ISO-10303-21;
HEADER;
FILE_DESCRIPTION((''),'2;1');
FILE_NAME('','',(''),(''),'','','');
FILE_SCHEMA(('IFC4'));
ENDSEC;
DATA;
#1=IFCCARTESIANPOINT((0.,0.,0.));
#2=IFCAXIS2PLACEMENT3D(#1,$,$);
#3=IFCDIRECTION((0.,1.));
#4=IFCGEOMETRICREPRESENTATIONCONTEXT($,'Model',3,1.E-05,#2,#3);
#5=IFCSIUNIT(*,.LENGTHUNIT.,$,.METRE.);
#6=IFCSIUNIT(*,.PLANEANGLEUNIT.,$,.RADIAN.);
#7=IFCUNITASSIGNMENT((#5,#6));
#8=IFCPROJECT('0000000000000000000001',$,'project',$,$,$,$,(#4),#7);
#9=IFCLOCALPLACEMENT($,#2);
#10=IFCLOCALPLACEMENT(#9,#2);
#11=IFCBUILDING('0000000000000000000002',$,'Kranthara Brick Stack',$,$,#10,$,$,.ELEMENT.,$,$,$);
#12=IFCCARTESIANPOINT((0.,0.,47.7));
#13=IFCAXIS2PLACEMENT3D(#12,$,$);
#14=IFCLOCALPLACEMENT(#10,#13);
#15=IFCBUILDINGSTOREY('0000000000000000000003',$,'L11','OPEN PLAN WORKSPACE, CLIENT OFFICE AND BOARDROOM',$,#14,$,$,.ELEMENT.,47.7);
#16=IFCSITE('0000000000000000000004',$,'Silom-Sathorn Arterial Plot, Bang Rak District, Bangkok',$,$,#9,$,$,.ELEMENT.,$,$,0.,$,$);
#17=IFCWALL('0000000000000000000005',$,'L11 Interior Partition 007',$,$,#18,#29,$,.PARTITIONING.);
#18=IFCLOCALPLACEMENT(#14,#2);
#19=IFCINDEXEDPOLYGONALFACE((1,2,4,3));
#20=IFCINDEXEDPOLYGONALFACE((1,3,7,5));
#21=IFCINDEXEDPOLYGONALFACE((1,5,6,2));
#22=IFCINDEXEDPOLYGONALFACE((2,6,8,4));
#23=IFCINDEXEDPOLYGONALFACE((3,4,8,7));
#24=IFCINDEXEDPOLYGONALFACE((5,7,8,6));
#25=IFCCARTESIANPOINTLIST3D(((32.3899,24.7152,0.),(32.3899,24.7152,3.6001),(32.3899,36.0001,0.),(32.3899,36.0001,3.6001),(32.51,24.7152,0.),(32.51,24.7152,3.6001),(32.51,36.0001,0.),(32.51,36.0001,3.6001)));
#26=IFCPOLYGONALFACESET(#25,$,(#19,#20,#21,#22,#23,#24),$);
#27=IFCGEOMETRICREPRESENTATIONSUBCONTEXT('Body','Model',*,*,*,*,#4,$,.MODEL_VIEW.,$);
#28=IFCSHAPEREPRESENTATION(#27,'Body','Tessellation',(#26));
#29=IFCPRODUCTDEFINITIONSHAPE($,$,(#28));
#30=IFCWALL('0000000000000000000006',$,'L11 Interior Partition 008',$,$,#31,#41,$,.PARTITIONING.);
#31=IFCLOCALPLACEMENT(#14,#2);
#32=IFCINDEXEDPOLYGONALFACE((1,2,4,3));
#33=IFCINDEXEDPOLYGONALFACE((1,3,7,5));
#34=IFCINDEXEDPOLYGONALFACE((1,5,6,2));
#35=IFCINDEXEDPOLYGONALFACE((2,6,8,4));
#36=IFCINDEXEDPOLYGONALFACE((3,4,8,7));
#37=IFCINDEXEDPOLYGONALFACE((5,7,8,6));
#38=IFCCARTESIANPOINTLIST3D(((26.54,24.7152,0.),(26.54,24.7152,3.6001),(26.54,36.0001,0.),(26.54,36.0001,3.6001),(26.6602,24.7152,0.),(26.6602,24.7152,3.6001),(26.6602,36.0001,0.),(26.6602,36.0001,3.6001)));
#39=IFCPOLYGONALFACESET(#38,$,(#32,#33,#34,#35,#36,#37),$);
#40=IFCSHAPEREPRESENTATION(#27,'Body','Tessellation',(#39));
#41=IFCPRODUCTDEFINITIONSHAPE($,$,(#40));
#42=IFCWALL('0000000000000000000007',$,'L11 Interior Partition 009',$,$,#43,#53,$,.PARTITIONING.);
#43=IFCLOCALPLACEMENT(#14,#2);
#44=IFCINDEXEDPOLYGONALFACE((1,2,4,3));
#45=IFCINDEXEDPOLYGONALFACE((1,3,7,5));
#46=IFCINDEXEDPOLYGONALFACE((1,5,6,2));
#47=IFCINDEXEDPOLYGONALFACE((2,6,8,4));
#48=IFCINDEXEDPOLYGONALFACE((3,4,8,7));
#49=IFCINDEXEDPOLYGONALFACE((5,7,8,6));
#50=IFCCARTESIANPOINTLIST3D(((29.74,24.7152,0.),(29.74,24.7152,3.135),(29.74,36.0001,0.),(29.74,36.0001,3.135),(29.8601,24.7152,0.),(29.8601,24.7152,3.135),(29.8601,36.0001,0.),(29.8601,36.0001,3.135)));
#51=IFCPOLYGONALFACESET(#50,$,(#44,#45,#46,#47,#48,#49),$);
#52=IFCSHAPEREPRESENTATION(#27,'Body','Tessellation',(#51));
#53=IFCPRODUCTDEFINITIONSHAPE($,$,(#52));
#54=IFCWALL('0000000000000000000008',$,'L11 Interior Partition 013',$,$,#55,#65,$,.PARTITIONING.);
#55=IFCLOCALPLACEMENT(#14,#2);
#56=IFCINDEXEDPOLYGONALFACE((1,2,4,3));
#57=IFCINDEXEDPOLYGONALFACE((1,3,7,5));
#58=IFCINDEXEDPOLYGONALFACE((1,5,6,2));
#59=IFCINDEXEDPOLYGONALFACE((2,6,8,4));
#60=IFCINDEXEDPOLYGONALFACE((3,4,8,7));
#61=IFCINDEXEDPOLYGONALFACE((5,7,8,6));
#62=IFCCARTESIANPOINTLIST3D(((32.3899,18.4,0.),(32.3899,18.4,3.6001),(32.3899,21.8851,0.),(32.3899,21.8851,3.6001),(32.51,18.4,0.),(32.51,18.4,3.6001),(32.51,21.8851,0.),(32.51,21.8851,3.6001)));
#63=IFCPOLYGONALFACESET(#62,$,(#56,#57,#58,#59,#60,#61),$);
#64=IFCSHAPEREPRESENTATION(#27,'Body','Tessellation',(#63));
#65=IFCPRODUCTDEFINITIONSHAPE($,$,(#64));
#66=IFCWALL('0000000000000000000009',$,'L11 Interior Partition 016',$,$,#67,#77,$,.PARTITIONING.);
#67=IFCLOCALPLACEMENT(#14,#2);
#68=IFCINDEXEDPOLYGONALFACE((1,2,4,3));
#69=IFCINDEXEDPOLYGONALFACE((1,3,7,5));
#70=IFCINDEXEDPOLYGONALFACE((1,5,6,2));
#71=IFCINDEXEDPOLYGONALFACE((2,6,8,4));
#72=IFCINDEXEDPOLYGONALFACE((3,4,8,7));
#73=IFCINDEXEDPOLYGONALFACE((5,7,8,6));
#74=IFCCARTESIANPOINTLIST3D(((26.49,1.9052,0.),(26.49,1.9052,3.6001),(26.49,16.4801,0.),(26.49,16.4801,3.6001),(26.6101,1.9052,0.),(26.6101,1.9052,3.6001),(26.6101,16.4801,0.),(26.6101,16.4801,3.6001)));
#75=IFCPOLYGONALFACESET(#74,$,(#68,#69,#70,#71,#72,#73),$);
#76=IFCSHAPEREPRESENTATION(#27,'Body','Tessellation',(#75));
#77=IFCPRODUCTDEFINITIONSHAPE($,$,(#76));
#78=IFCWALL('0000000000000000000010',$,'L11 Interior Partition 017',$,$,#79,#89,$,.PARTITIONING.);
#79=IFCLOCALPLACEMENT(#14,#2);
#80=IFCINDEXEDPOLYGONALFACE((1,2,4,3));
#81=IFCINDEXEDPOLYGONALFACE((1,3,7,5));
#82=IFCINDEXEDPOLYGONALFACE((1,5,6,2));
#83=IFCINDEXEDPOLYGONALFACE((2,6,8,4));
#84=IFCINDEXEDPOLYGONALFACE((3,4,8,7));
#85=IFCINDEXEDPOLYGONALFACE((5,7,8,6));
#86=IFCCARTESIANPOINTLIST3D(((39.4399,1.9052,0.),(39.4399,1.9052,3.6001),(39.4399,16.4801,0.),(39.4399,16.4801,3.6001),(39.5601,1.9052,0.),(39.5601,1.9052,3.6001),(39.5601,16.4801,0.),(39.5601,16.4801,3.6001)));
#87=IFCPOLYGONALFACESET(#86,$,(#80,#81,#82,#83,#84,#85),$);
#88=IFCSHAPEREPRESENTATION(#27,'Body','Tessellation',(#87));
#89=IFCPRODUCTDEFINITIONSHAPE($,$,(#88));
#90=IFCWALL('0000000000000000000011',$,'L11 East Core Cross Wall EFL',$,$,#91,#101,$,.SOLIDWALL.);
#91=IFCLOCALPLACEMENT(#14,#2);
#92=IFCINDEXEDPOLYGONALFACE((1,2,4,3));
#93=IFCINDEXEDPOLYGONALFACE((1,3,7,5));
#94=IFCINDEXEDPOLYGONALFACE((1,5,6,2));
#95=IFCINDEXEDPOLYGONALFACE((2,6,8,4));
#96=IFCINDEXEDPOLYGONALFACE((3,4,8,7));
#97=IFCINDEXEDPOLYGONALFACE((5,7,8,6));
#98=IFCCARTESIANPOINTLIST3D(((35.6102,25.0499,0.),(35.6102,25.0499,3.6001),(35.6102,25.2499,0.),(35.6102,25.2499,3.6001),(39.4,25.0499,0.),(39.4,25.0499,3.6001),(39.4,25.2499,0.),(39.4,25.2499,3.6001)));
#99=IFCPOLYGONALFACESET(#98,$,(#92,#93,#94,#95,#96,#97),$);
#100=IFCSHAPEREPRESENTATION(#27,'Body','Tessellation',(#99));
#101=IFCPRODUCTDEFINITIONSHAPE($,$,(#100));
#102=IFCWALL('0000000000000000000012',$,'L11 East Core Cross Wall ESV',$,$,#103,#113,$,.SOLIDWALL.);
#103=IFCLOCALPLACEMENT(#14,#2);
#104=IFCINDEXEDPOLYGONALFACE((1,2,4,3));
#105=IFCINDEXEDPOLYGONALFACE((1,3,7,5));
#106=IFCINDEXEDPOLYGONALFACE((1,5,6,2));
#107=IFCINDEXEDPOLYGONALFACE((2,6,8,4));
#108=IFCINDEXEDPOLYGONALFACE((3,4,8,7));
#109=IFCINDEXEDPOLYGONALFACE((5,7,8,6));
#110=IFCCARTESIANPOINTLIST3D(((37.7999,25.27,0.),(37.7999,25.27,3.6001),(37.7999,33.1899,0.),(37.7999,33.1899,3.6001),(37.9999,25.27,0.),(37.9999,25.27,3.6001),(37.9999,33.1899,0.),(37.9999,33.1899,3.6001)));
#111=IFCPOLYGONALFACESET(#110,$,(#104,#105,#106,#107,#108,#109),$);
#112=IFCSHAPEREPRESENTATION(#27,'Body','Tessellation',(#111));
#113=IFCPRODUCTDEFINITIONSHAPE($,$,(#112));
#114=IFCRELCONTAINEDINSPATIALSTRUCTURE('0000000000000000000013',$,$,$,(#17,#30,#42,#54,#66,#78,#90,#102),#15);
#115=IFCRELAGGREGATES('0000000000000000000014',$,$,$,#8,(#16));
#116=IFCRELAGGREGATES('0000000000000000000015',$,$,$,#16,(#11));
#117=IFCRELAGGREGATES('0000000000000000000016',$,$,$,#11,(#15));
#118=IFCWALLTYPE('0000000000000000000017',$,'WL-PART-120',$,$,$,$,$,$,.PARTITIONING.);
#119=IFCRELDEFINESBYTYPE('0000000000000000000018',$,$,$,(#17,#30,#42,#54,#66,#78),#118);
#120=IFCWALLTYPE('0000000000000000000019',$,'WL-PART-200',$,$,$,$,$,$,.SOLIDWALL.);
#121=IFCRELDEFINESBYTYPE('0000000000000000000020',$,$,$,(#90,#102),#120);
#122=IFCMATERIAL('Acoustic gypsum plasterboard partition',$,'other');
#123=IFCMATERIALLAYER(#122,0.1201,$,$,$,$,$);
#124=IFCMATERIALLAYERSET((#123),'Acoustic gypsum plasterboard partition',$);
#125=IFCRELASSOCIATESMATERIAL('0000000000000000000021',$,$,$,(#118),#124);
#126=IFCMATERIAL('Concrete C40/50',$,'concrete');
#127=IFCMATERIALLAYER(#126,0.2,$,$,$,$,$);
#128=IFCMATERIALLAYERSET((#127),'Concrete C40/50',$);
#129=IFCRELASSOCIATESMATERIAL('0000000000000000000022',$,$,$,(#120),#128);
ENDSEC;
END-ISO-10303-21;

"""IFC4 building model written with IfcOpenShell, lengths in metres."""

from ifc_helpers import new_model, si_unit, direction, frame, frame_2d, origin, place, context, subcontext, project, spatial, rectangle, extrude, material, layer, layer_set, type_object, element, save


model = new_model("IFC4")

# Units and contexts
model_context = context("Model", 3, precision=1e-05, world=origin(), true_north=direction((0.0, 1.0)))
body_context = subcontext(model_context, "Body", "Model", "MODEL_VIEW")
ifc_project = project(units=[si_unit("LENGTHUNIT", "METRE"), si_unit("PLANEANGLEUNIT", "RADIAN")], contexts=[model_context])

# Site, building, storey
site_placement = place(None, origin())
site = spatial("IfcSite", under=ifc_project, at=site_placement, Name="Silom-Sathorn Arterial Plot, Bang Rak District, Bangkok", CompositionType="ELEMENT", RefElevation=0.0)
building_placement = place(site_placement, origin())
building = spatial("IfcBuilding", under=site, at=building_placement, Name="Kranthara Brick Stack", CompositionType="ELEMENT")
storey_placement = place(building_placement, frame((0.0, 0.0, 47.7)))
storey = spatial("IfcBuildingStorey", under=building, at=storey_placement, Name="L11", Description="OPEN PLAN WORKSPACE, CLIENT OFFICE AND BOARDROOM", CompositionType="ELEMENT", Elevation=47.7)

# Walls
ifc_material_1 = material(Name="Acoustic gypsum plasterboard partition", Category="other")
ifc_layer_1 = layer(ifc_material_1, 0.1201)
ifc_layer_set_1 = layer_set([ifc_layer_1], Name="Acoustic gypsum plasterboard partition")
wall_type_1 = type_object("IfcWallType", Name="WL-PART-120", PredefinedType="PARTITIONING", material=ifc_layer_set_1)
for number, where, z_axis, x_axis, name in (
    (1, (32.45, 24.7151, 0.0), (0.0, 0.0, 1.0), (0.0, 1.0, 0.0), "L11 Interior Partition 007"),
    (2, (26.6001, 24.7151, 0.0), (0.0, 0.0, 1.0), (0.0, 1.0, 0.0), "L11 Interior Partition 008"),
):
    element("IfcWall", number, at=place(storey_placement, frame(where, z_axis=z_axis, x_axis=x_axis)), inside=storey, type_object=wall_type_1, Name=name, PredefinedType="PARTITIONING", context=body_context, shape_type="SweptSolid", body=[
        extrude(rectangle(XDim=11.2849, YDim=0.1201, at=frame_2d((5.6426, 0.0))), origin(), (0.0, 0.0, 1.0), 3.6001),
    ])
wall_1_placement = place(storey_placement, frame((29.8, 24.7151, 0.0), z_axis=(0.0, 0.0, 1.0), x_axis=(0.0, 1.0, 0.0)))
element("IfcWall", 3, at=wall_1_placement, inside=storey, type_object=wall_type_1, Name="L11 Interior Partition 009", PredefinedType="PARTITIONING", context=body_context, shape_type="SweptSolid", body=[
    extrude(rectangle(XDim=11.2849, YDim=0.1201, at=frame_2d((5.6426, 0.0))), origin(), (0.0, 0.0, 1.0), 3.135),
])
wall_2_placement = place(storey_placement, frame((32.45, 18.3999, 0.0), z_axis=(0.0, 0.0, 1.0), x_axis=(0.0, 1.0, 0.0)))
element("IfcWall", 4, at=wall_2_placement, inside=storey, type_object=wall_type_1, Name="L11 Interior Partition 013", PredefinedType="PARTITIONING", context=body_context, shape_type="SweptSolid", body=[
    extrude(rectangle(XDim=3.4851, YDim=0.1201, at=frame_2d((1.7427, 0.0))), origin(), (0.0, 0.0, 1.0), 3.6001),
])
for number, where, z_axis, x_axis, name in (
    (5, (26.55, 1.905, 0.0), (0.0, 0.0, 1.0), (0.0, 1.0, 0.0), "L11 Interior Partition 016"),
    (6, (39.5, 1.905, 0.0), (0.0, 0.0, 1.0), (0.0, 1.0, 0.0), "L11 Interior Partition 017"),
):
    element("IfcWall", number, at=place(storey_placement, frame(where, z_axis=z_axis, x_axis=x_axis)), inside=storey, type_object=wall_type_1, Name=name, PredefinedType="PARTITIONING", context=body_context, shape_type="SweptSolid", body=[
        extrude(rectangle(XDim=14.575, YDim=0.1201, at=frame_2d((7.2876, 0.0))), origin(), (0.0, 0.0, 1.0), 3.6001),
    ])
ifc_material_2 = material(Name="Concrete C40/50", Category="concrete")
ifc_layer_2 = layer(ifc_material_2, 0.2)
ifc_layer_set_2 = layer_set([ifc_layer_2], Name="Concrete C40/50")
wall_type_2 = type_object("IfcWallType", Name="WL-PART-200", PredefinedType="SOLIDWALL", material=ifc_layer_set_2)
wall_3_placement = place(storey_placement, frame((35.6101, 25.1499, 0.0), z_axis=(0.0, 0.0, 1.0), x_axis=(1.0, 0.0, 0.0)))
element("IfcWall", 7, at=wall_3_placement, inside=storey, type_object=wall_type_2, Name="L11 East Core Cross Wall EFL", PredefinedType="SOLIDWALL", context=body_context, shape_type="SweptSolid", body=[
    extrude(rectangle(XDim=3.7898, YDim=0.2, at=frame_2d((1.895, 0.0))), origin(), (0.0, 0.0, 1.0), 3.6001),
])
wall_4_placement = place(storey_placement, frame((37.8999, 25.27, 0.0), z_axis=(0.0, 0.0, 1.0), x_axis=(0.0, 1.0, 0.0)))
element("IfcWall", 8, at=wall_4_placement, inside=storey, type_object=wall_type_2, Name="L11 East Core Cross Wall ESV", PredefinedType="SOLIDWALL", context=body_context, shape_type="SweptSolid", body=[
    extrude(rectangle(XDim=7.9199, YDim=0.2, at=frame_2d((3.96, 0.0))), origin(), (0.0, 0.0, 1.0), 3.6001),
])

save(model, "model.ifc")
